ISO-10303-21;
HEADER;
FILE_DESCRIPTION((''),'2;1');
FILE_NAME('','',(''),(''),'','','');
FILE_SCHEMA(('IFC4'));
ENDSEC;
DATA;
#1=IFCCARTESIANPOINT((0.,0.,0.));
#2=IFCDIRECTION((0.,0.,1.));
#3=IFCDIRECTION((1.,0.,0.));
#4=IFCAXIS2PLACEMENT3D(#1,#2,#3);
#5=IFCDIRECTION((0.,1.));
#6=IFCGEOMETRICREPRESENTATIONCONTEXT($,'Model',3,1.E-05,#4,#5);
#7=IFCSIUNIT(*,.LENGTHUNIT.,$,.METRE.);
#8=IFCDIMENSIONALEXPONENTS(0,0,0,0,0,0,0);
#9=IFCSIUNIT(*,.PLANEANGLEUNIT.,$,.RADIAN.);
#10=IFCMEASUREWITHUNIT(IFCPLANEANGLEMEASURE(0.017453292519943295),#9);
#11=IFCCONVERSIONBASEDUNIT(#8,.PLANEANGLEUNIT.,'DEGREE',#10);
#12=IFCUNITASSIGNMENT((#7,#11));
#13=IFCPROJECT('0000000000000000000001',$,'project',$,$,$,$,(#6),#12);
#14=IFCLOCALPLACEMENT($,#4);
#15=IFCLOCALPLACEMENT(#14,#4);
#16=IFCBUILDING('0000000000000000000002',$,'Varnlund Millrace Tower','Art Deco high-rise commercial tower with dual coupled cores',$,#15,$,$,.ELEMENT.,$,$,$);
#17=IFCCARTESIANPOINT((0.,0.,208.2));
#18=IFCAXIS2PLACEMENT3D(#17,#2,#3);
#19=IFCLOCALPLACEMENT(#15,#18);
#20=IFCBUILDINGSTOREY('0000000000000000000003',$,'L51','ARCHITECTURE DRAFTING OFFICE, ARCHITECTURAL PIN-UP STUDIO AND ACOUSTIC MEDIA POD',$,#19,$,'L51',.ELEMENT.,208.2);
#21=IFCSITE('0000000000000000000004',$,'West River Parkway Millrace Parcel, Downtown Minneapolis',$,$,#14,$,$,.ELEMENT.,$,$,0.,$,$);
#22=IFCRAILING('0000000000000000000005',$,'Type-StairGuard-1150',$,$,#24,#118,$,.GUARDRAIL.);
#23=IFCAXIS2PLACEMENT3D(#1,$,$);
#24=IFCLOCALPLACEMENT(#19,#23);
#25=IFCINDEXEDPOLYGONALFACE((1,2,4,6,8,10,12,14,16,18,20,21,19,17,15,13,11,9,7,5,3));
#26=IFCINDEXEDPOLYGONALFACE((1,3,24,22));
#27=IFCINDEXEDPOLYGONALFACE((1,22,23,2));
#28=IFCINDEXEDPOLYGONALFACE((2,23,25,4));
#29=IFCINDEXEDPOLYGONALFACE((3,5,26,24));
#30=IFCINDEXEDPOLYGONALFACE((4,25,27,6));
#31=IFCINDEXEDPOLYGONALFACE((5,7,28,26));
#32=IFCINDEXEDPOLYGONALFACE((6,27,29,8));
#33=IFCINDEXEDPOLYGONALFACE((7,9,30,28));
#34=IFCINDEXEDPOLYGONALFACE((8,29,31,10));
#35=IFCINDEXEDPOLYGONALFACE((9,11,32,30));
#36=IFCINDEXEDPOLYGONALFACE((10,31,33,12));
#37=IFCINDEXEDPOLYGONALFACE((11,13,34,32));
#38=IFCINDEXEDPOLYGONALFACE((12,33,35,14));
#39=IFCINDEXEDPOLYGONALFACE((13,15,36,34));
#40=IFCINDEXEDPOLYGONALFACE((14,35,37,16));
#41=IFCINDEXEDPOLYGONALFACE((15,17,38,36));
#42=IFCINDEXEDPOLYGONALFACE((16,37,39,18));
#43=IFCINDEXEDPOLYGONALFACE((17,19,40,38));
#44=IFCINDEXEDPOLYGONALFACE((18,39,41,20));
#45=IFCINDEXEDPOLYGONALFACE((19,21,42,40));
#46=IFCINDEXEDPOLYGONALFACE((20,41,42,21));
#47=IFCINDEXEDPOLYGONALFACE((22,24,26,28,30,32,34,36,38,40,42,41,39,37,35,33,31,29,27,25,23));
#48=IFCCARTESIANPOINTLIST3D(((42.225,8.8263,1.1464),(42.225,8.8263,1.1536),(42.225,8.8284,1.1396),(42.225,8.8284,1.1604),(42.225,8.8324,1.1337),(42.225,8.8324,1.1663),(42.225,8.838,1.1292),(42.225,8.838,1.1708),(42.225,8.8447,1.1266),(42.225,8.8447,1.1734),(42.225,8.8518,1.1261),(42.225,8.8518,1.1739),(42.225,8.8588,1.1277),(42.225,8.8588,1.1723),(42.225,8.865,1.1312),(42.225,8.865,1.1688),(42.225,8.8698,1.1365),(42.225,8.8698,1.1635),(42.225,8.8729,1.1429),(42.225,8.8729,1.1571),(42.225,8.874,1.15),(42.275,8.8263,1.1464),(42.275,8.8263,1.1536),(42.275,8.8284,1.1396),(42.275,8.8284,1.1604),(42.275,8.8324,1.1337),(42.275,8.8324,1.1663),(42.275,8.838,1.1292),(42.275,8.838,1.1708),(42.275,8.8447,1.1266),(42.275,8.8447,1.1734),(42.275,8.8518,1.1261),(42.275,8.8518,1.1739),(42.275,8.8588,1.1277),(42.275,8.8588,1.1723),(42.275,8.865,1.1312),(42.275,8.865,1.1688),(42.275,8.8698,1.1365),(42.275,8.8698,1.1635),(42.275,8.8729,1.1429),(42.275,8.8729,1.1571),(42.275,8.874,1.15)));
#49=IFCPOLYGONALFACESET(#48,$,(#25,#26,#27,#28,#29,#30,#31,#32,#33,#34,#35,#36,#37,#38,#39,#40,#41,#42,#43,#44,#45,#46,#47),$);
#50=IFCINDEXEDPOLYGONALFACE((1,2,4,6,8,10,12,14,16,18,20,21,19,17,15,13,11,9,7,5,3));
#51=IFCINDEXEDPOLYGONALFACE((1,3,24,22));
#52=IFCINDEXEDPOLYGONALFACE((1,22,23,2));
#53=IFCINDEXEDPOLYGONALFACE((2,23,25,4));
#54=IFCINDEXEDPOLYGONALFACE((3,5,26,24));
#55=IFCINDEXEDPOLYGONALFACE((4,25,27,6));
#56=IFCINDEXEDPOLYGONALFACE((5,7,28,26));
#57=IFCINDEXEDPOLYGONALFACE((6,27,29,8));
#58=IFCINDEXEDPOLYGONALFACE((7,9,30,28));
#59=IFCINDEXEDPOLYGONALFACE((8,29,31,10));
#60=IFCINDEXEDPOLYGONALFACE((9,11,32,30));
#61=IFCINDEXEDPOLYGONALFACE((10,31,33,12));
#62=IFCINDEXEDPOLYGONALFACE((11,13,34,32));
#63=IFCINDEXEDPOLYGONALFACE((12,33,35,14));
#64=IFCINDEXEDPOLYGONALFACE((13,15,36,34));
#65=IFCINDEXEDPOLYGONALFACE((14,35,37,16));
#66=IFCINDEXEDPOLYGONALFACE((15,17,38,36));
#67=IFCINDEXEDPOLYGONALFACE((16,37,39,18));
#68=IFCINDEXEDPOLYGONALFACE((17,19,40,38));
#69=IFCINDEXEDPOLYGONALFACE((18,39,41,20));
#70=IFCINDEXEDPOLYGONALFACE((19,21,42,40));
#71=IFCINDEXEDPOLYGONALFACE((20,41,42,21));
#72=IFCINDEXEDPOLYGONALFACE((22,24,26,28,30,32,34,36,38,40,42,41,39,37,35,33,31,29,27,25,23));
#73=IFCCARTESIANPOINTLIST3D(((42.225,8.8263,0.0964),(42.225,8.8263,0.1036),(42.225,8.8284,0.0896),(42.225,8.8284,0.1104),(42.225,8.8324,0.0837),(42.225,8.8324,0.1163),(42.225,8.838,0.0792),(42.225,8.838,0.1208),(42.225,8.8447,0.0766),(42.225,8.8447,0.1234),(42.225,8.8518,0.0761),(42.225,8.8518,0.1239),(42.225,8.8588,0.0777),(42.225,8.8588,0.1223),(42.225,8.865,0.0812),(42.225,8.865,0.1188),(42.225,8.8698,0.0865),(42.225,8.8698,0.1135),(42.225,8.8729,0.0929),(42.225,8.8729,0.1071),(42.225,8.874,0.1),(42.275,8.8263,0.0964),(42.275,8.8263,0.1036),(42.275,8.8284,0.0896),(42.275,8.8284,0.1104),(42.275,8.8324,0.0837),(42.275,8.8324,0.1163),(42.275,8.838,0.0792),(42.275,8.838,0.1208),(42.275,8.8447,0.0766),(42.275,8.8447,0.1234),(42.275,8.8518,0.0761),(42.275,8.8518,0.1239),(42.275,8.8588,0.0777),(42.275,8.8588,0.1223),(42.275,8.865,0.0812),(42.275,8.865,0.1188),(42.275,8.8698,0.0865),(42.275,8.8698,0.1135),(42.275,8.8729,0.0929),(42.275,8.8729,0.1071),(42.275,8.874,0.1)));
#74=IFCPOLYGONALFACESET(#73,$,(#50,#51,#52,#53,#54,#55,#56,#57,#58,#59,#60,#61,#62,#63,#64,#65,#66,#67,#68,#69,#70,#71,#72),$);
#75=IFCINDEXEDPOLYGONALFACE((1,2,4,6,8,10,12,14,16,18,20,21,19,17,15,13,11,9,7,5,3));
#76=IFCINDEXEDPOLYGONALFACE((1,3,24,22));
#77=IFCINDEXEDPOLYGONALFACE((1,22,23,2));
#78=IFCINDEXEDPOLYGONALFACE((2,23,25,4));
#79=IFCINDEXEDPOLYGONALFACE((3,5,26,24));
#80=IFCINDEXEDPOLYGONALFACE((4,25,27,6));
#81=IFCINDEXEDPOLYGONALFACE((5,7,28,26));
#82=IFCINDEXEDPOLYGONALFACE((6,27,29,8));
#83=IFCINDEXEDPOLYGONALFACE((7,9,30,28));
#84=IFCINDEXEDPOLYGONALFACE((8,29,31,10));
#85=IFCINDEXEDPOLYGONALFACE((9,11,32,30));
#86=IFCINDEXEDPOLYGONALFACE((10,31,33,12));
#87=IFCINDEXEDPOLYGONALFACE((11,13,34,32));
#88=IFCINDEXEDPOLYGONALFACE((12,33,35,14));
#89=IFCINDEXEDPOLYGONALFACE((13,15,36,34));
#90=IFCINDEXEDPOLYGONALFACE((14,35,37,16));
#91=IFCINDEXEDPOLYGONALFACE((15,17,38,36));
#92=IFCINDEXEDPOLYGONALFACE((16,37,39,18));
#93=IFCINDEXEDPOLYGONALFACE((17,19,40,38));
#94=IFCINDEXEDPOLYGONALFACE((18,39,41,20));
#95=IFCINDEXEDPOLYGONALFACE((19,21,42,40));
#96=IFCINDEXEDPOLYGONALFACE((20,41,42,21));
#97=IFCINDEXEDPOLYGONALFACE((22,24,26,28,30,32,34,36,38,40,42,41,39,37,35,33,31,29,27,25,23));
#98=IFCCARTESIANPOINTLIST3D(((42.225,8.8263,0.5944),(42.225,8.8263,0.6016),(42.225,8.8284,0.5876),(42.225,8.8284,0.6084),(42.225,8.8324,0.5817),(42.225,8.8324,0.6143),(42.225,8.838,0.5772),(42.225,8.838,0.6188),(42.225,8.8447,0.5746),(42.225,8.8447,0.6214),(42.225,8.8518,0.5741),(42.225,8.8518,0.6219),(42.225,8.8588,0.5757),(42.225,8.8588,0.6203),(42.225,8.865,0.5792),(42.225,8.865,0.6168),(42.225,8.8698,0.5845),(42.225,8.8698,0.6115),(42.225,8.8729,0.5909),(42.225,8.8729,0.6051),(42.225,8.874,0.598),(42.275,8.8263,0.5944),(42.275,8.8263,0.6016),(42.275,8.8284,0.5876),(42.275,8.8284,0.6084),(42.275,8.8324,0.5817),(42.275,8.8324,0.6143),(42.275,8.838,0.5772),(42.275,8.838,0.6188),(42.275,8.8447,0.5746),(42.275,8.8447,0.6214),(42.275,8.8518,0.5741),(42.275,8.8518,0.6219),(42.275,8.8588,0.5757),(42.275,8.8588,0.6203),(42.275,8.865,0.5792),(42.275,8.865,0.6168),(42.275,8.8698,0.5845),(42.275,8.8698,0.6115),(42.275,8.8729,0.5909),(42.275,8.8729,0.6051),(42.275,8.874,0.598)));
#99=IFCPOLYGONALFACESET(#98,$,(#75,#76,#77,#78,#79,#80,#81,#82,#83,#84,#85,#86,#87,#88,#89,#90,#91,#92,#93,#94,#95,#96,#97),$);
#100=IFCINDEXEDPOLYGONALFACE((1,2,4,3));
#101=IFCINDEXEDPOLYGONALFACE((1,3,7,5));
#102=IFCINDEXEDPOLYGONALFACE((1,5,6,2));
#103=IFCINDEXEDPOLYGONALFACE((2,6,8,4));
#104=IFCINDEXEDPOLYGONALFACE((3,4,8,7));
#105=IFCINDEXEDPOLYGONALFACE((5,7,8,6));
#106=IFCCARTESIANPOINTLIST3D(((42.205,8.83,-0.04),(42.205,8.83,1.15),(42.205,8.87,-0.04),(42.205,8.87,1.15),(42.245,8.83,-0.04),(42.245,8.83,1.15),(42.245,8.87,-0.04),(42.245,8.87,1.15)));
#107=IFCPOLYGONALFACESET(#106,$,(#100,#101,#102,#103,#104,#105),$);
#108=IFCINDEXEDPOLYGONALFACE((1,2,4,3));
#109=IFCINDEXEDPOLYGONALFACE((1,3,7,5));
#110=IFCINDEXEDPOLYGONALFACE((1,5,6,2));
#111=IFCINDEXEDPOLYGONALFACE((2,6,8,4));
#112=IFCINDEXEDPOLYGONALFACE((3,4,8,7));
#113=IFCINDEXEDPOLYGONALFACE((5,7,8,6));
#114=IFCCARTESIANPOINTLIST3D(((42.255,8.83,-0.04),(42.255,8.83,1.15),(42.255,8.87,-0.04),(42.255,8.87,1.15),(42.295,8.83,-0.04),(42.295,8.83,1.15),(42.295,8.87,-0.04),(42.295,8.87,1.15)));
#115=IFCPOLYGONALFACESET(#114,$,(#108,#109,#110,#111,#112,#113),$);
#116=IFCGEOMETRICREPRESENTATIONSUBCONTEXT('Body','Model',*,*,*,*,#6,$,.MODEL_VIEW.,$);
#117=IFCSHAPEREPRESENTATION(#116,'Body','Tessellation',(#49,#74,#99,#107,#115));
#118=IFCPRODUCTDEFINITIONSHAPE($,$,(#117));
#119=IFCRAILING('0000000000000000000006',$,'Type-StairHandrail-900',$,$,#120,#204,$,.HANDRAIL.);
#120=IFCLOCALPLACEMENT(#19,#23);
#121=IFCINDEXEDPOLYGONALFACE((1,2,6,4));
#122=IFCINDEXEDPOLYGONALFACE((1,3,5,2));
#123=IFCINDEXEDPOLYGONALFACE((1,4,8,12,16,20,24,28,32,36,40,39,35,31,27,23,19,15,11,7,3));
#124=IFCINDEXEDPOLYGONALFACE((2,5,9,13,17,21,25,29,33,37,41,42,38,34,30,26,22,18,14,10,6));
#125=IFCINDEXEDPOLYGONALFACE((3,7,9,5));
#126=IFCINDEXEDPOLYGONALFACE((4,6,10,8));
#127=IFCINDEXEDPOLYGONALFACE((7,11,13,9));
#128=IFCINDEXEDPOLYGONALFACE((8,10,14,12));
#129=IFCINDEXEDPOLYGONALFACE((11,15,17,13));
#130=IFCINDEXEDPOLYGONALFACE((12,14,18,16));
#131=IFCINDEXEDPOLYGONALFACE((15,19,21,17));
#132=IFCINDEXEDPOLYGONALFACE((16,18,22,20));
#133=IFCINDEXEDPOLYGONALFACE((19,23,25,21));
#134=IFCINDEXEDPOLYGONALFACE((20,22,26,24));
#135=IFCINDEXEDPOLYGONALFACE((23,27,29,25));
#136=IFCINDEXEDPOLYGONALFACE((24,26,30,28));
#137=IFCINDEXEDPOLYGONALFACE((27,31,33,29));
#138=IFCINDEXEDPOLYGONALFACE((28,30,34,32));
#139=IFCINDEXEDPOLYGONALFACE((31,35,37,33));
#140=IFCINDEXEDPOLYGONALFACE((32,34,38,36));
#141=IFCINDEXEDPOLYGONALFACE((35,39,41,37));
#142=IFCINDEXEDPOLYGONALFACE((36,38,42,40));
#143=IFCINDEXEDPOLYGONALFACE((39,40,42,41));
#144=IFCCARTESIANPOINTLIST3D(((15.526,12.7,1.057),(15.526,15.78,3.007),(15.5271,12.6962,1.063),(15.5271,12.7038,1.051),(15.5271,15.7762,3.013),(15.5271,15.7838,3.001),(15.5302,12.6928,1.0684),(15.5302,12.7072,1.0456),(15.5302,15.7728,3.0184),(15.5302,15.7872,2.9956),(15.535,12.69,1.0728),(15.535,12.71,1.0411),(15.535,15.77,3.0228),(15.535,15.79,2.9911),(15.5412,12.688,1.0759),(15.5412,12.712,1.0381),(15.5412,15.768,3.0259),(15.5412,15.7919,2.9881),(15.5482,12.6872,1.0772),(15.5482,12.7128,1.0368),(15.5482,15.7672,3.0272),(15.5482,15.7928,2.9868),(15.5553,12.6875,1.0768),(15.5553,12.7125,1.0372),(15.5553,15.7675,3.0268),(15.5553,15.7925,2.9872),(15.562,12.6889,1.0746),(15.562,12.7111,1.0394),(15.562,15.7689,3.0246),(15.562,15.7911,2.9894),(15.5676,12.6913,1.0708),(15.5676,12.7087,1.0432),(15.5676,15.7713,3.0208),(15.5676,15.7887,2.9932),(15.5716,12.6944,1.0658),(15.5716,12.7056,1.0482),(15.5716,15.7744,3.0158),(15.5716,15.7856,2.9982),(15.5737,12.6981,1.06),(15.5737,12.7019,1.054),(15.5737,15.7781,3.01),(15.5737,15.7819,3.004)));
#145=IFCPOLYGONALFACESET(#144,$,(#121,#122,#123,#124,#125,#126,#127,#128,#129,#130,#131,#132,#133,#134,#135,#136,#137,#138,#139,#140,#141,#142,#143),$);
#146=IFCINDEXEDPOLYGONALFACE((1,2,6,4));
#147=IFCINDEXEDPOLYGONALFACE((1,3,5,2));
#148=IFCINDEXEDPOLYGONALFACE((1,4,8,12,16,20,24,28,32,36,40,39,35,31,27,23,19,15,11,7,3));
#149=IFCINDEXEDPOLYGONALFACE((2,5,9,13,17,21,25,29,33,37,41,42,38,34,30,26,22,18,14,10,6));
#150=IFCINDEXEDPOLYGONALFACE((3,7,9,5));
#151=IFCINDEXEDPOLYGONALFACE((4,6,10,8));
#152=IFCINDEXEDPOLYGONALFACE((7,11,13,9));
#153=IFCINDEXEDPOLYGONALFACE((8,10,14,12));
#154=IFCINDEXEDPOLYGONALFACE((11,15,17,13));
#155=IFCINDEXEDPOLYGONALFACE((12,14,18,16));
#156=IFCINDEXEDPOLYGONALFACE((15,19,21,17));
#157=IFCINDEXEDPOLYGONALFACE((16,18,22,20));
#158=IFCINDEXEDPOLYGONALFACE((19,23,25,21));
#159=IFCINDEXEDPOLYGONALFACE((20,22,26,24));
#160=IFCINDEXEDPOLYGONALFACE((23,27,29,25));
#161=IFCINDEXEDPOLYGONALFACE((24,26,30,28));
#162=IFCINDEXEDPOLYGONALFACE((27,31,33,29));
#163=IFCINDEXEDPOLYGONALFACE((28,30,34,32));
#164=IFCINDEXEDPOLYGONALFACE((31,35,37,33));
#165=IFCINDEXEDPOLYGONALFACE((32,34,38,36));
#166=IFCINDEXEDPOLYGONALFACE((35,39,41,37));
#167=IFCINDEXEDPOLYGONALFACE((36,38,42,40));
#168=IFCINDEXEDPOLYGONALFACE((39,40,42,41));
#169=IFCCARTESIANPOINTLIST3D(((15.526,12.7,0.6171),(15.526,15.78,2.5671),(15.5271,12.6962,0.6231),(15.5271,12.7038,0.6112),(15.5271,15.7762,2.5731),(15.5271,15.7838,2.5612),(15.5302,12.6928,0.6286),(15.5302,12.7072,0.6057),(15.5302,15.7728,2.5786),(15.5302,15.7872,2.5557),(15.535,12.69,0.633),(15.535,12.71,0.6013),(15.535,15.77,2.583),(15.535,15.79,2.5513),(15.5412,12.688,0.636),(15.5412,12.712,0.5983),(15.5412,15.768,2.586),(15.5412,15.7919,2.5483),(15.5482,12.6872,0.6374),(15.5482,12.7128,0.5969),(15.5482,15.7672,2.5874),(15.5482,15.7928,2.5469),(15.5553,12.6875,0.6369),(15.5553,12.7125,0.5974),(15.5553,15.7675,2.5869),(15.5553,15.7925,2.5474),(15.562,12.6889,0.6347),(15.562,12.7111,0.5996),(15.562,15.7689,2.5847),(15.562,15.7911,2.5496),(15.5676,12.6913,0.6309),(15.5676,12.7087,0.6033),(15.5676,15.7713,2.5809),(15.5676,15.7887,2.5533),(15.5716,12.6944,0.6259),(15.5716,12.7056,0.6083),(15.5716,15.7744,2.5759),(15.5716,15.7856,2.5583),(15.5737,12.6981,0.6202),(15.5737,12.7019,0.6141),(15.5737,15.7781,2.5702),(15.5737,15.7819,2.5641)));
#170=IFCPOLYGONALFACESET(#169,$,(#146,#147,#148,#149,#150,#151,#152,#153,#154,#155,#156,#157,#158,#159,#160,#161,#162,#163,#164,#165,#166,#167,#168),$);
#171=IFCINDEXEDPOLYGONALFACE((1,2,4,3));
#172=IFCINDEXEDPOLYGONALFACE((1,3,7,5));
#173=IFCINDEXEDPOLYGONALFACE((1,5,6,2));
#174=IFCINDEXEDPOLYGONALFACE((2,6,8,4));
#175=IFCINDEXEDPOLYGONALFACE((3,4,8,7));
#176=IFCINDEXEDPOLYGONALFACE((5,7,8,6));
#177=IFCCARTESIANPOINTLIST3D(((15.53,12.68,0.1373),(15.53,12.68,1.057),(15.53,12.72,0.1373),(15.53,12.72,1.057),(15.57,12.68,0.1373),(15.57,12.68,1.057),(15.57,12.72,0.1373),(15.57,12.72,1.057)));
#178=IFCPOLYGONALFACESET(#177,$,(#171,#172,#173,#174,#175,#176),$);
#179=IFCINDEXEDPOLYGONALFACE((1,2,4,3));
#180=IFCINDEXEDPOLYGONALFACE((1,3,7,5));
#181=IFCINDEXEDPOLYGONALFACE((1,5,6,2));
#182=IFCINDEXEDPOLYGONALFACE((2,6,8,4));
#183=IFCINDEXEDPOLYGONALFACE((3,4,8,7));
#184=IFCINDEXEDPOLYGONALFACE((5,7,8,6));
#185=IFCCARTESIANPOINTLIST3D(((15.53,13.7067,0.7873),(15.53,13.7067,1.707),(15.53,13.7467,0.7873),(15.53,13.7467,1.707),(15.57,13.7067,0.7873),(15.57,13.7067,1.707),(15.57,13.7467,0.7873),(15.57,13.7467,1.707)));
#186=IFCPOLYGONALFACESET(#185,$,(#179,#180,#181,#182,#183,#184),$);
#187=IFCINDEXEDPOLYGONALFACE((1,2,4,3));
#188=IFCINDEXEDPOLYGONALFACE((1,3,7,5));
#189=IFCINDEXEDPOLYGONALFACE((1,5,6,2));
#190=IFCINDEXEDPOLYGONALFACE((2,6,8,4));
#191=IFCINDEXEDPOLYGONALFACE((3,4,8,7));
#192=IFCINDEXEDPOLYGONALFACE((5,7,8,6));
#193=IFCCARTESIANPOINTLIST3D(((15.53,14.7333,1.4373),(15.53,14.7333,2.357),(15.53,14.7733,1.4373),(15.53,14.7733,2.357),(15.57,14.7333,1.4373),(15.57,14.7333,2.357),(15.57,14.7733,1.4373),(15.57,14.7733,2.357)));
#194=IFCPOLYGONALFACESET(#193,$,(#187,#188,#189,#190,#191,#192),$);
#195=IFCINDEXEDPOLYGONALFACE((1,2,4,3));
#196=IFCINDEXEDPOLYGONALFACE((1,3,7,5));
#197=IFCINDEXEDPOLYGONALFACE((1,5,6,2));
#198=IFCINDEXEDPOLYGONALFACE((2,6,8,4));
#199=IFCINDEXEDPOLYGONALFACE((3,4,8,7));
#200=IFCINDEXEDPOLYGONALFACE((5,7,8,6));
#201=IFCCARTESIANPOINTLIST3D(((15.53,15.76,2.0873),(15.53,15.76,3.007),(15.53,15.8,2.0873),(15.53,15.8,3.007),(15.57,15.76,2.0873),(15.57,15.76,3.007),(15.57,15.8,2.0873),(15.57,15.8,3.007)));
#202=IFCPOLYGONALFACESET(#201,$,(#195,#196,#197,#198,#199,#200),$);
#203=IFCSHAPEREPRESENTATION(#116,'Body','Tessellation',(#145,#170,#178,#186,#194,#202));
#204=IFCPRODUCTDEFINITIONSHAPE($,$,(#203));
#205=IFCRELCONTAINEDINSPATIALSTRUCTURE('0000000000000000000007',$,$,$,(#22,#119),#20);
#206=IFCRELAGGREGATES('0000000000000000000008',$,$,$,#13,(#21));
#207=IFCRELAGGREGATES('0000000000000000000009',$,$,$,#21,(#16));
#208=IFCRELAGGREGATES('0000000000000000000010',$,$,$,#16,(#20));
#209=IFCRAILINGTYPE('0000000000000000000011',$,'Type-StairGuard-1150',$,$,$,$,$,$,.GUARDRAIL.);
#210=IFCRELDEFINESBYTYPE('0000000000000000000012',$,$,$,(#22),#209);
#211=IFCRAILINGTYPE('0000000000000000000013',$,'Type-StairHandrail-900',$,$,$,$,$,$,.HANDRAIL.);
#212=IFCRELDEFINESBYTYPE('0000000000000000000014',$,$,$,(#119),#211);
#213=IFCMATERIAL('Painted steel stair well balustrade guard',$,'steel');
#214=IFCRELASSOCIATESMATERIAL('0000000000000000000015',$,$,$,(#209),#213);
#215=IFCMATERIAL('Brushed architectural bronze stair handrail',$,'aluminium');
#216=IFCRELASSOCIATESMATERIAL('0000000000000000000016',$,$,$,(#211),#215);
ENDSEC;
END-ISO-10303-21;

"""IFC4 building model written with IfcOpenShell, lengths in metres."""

from ifc_helpers import new_model, entity, si_unit, converted_unit, direction, frame, origin_with_axes, origin_2d_with_axis, place, context, subcontext, project, spatial, rectangle, circle, extrude, material, type_object, element, save


model = new_model("IFC4")

# Units and contexts
model_context = context("Model", 3, precision=1e-05, world=origin_with_axes(), true_north=direction((0.0, 1.0)))
body_context = subcontext(model_context, "Body", "Model", "MODEL_VIEW")
ifc_project = project(units=[si_unit("LENGTHUNIT", "METRE"), converted_unit("PLANEANGLEUNIT", "DEGREE", entity("IfcPlaneAngleMeasure", 0.017453292519943295), si_unit("PLANEANGLEUNIT", "RADIAN"), dimensions=[0, 0, 0, 0, 0, 0, 0])], contexts=[model_context])

# Site, building, storey
site_placement = place(None, origin_with_axes())
site = spatial("IfcSite", under=ifc_project, at=site_placement, Name="West River Parkway Millrace Parcel, Downtown Minneapolis", CompositionType="ELEMENT", RefElevation=0.0)
building_placement = place(site_placement, origin_with_axes())
building = spatial("IfcBuilding", under=site, at=building_placement, Name="Varnlund Millrace Tower", Description="Art Deco high-rise commercial tower with dual coupled cores", CompositionType="ELEMENT")
storey_placement = place(building_placement, frame((0.0, 0.0, 208.2), z_axis=(0.0, 0.0, 1.0), x_axis=(1.0, 0.0, 0.0)))
storey = spatial("IfcBuildingStorey", under=building, at=storey_placement, Name="L51", Description="ARCHITECTURE DRAFTING OFFICE, ARCHITECTURAL PIN-UP STUDIO AND ACOUSTIC MEDIA POD", LongName="L51", CompositionType="ELEMENT", Elevation=208.2)

# Railings
ifc_material_1 = material(Name="Painted steel stair well balustrade guard", Category="steel")
railing_type_1 = type_object("IfcRailingType", Name="Type-StairGuard-1150", PredefinedType="GUARDRAIL", material=ifc_material_1)
railing_1_placement = place(storey_placement, frame((0.0, 0.0, -208.2), z_axis=(0.0, 0.0, 1.0), x_axis=(1.0, 0.0, 0.0)))
element("IfcRailing", 1, at=railing_1_placement, inside=storey, type_object=railing_type_1, Name="Type-StairGuard-1150", PredefinedType="GUARDRAIL", context=body_context, shape_type="SweptSolid", body=[
    extrude(circle(Radius=0.024, at=origin_2d_with_axis()), frame((42.225, 8.85, 209.35), z_axis=(1.0, 0.0, 0.0), x_axis=(0.0, 1.0, 0.0)), (0.0, 0.0, 1.0), 0.05),
    extrude(circle(Radius=0.024, at=origin_2d_with_axis()), frame((42.225, 8.85, 208.3), z_axis=(1.0, 0.0, 0.0), x_axis=(0.0, 1.0, 0.0)), (0.0, 0.0, 1.0), 0.05),
    extrude(circle(Radius=0.024, at=origin_2d_with_axis()), frame((42.225, 8.85, 208.798), z_axis=(1.0, 0.0, 0.0), x_axis=(0.0, 1.0, 0.0)), (0.0, 0.0, 1.0), 0.05),
    extrude(rectangle(XDim=0.04, YDim=0.04, at=origin_2d_with_axis()), frame((42.225, 8.85, 208.16), z_axis=(0.0, 0.0, 1.0), x_axis=(1.0, 0.0, 0.0)), (0.0, 0.0, 1.0), 1.19),
    extrude(rectangle(XDim=0.04, YDim=0.04, at=origin_2d_with_axis()), frame((42.275, 8.85, 208.16), z_axis=(0.0, 0.0, 1.0), x_axis=(1.0, 0.0, 0.0)), (0.0, 0.0, 1.0), 1.19),
])
ifc_material_2 = material(Name="Brushed architectural bronze stair handrail", Category="aluminium")
railing_type_2 = type_object("IfcRailingType", Name="Type-StairHandrail-900", PredefinedType="HANDRAIL", material=ifc_material_2)
railing_2_placement = place(storey_placement, frame((0.0, 0.0, -208.2), z_axis=(0.0, 0.0, 1.0), x_axis=(1.0, 0.0, 0.0)))
element("IfcRailing", 2, at=railing_2_placement, inside=storey, type_object=railing_type_2, Name="Type-StairHandrail-900", PredefinedType="HANDRAIL", context=body_context, shape_type="SweptSolid", body=[
    extrude(circle(Radius=0.024, at=origin_2d_with_axis()), frame((15.55, 12.7, 209.257), z_axis=(0.0, 0.844902, 0.534922), x_axis=(-1.0, 0.0, 0.0)), (0.0, 0.0, 1.0), 3.6454),
    extrude(circle(Radius=0.024, at=origin_2d_with_axis()), frame((15.55, 12.7, 208.8171), z_axis=(0.0, 0.844902, 0.534922), x_axis=(-1.0, 0.0, 0.0)), (0.0, 0.0, 1.0), 3.6454),
    extrude(rectangle(XDim=0.04, YDim=0.04, at=origin_2d_with_axis()), frame((15.55, 12.7, 208.3373), z_axis=(0.0, 0.0, 1.0), x_axis=(1.0, 0.0, 0.0)), (0.0, 0.0, 1.0), 0.9197),
    extrude(rectangle(XDim=0.04, YDim=0.04, at=origin_2d_with_axis()), frame((15.55, 13.7267, 208.9873), z_axis=(0.0, 0.0, 1.0), x_axis=(1.0, 0.0, 0.0)), (0.0, 0.0, 1.0), 0.9197),
    extrude(rectangle(XDim=0.04, YDim=0.04, at=origin_2d_with_axis()), frame((15.55, 14.7533, 209.6373), z_axis=(0.0, 0.0, 1.0), x_axis=(1.0, 0.0, 0.0)), (0.0, 0.0, 1.0), 0.9197),
    extrude(rectangle(XDim=0.04, YDim=0.04, at=origin_2d_with_axis()), frame((15.55, 15.78, 210.2873), z_axis=(0.0, 0.0, 1.0), x_axis=(1.0, 0.0, 0.0)), (0.0, 0.0, 1.0), 0.9197),
])

save(model, "model.ifc")
